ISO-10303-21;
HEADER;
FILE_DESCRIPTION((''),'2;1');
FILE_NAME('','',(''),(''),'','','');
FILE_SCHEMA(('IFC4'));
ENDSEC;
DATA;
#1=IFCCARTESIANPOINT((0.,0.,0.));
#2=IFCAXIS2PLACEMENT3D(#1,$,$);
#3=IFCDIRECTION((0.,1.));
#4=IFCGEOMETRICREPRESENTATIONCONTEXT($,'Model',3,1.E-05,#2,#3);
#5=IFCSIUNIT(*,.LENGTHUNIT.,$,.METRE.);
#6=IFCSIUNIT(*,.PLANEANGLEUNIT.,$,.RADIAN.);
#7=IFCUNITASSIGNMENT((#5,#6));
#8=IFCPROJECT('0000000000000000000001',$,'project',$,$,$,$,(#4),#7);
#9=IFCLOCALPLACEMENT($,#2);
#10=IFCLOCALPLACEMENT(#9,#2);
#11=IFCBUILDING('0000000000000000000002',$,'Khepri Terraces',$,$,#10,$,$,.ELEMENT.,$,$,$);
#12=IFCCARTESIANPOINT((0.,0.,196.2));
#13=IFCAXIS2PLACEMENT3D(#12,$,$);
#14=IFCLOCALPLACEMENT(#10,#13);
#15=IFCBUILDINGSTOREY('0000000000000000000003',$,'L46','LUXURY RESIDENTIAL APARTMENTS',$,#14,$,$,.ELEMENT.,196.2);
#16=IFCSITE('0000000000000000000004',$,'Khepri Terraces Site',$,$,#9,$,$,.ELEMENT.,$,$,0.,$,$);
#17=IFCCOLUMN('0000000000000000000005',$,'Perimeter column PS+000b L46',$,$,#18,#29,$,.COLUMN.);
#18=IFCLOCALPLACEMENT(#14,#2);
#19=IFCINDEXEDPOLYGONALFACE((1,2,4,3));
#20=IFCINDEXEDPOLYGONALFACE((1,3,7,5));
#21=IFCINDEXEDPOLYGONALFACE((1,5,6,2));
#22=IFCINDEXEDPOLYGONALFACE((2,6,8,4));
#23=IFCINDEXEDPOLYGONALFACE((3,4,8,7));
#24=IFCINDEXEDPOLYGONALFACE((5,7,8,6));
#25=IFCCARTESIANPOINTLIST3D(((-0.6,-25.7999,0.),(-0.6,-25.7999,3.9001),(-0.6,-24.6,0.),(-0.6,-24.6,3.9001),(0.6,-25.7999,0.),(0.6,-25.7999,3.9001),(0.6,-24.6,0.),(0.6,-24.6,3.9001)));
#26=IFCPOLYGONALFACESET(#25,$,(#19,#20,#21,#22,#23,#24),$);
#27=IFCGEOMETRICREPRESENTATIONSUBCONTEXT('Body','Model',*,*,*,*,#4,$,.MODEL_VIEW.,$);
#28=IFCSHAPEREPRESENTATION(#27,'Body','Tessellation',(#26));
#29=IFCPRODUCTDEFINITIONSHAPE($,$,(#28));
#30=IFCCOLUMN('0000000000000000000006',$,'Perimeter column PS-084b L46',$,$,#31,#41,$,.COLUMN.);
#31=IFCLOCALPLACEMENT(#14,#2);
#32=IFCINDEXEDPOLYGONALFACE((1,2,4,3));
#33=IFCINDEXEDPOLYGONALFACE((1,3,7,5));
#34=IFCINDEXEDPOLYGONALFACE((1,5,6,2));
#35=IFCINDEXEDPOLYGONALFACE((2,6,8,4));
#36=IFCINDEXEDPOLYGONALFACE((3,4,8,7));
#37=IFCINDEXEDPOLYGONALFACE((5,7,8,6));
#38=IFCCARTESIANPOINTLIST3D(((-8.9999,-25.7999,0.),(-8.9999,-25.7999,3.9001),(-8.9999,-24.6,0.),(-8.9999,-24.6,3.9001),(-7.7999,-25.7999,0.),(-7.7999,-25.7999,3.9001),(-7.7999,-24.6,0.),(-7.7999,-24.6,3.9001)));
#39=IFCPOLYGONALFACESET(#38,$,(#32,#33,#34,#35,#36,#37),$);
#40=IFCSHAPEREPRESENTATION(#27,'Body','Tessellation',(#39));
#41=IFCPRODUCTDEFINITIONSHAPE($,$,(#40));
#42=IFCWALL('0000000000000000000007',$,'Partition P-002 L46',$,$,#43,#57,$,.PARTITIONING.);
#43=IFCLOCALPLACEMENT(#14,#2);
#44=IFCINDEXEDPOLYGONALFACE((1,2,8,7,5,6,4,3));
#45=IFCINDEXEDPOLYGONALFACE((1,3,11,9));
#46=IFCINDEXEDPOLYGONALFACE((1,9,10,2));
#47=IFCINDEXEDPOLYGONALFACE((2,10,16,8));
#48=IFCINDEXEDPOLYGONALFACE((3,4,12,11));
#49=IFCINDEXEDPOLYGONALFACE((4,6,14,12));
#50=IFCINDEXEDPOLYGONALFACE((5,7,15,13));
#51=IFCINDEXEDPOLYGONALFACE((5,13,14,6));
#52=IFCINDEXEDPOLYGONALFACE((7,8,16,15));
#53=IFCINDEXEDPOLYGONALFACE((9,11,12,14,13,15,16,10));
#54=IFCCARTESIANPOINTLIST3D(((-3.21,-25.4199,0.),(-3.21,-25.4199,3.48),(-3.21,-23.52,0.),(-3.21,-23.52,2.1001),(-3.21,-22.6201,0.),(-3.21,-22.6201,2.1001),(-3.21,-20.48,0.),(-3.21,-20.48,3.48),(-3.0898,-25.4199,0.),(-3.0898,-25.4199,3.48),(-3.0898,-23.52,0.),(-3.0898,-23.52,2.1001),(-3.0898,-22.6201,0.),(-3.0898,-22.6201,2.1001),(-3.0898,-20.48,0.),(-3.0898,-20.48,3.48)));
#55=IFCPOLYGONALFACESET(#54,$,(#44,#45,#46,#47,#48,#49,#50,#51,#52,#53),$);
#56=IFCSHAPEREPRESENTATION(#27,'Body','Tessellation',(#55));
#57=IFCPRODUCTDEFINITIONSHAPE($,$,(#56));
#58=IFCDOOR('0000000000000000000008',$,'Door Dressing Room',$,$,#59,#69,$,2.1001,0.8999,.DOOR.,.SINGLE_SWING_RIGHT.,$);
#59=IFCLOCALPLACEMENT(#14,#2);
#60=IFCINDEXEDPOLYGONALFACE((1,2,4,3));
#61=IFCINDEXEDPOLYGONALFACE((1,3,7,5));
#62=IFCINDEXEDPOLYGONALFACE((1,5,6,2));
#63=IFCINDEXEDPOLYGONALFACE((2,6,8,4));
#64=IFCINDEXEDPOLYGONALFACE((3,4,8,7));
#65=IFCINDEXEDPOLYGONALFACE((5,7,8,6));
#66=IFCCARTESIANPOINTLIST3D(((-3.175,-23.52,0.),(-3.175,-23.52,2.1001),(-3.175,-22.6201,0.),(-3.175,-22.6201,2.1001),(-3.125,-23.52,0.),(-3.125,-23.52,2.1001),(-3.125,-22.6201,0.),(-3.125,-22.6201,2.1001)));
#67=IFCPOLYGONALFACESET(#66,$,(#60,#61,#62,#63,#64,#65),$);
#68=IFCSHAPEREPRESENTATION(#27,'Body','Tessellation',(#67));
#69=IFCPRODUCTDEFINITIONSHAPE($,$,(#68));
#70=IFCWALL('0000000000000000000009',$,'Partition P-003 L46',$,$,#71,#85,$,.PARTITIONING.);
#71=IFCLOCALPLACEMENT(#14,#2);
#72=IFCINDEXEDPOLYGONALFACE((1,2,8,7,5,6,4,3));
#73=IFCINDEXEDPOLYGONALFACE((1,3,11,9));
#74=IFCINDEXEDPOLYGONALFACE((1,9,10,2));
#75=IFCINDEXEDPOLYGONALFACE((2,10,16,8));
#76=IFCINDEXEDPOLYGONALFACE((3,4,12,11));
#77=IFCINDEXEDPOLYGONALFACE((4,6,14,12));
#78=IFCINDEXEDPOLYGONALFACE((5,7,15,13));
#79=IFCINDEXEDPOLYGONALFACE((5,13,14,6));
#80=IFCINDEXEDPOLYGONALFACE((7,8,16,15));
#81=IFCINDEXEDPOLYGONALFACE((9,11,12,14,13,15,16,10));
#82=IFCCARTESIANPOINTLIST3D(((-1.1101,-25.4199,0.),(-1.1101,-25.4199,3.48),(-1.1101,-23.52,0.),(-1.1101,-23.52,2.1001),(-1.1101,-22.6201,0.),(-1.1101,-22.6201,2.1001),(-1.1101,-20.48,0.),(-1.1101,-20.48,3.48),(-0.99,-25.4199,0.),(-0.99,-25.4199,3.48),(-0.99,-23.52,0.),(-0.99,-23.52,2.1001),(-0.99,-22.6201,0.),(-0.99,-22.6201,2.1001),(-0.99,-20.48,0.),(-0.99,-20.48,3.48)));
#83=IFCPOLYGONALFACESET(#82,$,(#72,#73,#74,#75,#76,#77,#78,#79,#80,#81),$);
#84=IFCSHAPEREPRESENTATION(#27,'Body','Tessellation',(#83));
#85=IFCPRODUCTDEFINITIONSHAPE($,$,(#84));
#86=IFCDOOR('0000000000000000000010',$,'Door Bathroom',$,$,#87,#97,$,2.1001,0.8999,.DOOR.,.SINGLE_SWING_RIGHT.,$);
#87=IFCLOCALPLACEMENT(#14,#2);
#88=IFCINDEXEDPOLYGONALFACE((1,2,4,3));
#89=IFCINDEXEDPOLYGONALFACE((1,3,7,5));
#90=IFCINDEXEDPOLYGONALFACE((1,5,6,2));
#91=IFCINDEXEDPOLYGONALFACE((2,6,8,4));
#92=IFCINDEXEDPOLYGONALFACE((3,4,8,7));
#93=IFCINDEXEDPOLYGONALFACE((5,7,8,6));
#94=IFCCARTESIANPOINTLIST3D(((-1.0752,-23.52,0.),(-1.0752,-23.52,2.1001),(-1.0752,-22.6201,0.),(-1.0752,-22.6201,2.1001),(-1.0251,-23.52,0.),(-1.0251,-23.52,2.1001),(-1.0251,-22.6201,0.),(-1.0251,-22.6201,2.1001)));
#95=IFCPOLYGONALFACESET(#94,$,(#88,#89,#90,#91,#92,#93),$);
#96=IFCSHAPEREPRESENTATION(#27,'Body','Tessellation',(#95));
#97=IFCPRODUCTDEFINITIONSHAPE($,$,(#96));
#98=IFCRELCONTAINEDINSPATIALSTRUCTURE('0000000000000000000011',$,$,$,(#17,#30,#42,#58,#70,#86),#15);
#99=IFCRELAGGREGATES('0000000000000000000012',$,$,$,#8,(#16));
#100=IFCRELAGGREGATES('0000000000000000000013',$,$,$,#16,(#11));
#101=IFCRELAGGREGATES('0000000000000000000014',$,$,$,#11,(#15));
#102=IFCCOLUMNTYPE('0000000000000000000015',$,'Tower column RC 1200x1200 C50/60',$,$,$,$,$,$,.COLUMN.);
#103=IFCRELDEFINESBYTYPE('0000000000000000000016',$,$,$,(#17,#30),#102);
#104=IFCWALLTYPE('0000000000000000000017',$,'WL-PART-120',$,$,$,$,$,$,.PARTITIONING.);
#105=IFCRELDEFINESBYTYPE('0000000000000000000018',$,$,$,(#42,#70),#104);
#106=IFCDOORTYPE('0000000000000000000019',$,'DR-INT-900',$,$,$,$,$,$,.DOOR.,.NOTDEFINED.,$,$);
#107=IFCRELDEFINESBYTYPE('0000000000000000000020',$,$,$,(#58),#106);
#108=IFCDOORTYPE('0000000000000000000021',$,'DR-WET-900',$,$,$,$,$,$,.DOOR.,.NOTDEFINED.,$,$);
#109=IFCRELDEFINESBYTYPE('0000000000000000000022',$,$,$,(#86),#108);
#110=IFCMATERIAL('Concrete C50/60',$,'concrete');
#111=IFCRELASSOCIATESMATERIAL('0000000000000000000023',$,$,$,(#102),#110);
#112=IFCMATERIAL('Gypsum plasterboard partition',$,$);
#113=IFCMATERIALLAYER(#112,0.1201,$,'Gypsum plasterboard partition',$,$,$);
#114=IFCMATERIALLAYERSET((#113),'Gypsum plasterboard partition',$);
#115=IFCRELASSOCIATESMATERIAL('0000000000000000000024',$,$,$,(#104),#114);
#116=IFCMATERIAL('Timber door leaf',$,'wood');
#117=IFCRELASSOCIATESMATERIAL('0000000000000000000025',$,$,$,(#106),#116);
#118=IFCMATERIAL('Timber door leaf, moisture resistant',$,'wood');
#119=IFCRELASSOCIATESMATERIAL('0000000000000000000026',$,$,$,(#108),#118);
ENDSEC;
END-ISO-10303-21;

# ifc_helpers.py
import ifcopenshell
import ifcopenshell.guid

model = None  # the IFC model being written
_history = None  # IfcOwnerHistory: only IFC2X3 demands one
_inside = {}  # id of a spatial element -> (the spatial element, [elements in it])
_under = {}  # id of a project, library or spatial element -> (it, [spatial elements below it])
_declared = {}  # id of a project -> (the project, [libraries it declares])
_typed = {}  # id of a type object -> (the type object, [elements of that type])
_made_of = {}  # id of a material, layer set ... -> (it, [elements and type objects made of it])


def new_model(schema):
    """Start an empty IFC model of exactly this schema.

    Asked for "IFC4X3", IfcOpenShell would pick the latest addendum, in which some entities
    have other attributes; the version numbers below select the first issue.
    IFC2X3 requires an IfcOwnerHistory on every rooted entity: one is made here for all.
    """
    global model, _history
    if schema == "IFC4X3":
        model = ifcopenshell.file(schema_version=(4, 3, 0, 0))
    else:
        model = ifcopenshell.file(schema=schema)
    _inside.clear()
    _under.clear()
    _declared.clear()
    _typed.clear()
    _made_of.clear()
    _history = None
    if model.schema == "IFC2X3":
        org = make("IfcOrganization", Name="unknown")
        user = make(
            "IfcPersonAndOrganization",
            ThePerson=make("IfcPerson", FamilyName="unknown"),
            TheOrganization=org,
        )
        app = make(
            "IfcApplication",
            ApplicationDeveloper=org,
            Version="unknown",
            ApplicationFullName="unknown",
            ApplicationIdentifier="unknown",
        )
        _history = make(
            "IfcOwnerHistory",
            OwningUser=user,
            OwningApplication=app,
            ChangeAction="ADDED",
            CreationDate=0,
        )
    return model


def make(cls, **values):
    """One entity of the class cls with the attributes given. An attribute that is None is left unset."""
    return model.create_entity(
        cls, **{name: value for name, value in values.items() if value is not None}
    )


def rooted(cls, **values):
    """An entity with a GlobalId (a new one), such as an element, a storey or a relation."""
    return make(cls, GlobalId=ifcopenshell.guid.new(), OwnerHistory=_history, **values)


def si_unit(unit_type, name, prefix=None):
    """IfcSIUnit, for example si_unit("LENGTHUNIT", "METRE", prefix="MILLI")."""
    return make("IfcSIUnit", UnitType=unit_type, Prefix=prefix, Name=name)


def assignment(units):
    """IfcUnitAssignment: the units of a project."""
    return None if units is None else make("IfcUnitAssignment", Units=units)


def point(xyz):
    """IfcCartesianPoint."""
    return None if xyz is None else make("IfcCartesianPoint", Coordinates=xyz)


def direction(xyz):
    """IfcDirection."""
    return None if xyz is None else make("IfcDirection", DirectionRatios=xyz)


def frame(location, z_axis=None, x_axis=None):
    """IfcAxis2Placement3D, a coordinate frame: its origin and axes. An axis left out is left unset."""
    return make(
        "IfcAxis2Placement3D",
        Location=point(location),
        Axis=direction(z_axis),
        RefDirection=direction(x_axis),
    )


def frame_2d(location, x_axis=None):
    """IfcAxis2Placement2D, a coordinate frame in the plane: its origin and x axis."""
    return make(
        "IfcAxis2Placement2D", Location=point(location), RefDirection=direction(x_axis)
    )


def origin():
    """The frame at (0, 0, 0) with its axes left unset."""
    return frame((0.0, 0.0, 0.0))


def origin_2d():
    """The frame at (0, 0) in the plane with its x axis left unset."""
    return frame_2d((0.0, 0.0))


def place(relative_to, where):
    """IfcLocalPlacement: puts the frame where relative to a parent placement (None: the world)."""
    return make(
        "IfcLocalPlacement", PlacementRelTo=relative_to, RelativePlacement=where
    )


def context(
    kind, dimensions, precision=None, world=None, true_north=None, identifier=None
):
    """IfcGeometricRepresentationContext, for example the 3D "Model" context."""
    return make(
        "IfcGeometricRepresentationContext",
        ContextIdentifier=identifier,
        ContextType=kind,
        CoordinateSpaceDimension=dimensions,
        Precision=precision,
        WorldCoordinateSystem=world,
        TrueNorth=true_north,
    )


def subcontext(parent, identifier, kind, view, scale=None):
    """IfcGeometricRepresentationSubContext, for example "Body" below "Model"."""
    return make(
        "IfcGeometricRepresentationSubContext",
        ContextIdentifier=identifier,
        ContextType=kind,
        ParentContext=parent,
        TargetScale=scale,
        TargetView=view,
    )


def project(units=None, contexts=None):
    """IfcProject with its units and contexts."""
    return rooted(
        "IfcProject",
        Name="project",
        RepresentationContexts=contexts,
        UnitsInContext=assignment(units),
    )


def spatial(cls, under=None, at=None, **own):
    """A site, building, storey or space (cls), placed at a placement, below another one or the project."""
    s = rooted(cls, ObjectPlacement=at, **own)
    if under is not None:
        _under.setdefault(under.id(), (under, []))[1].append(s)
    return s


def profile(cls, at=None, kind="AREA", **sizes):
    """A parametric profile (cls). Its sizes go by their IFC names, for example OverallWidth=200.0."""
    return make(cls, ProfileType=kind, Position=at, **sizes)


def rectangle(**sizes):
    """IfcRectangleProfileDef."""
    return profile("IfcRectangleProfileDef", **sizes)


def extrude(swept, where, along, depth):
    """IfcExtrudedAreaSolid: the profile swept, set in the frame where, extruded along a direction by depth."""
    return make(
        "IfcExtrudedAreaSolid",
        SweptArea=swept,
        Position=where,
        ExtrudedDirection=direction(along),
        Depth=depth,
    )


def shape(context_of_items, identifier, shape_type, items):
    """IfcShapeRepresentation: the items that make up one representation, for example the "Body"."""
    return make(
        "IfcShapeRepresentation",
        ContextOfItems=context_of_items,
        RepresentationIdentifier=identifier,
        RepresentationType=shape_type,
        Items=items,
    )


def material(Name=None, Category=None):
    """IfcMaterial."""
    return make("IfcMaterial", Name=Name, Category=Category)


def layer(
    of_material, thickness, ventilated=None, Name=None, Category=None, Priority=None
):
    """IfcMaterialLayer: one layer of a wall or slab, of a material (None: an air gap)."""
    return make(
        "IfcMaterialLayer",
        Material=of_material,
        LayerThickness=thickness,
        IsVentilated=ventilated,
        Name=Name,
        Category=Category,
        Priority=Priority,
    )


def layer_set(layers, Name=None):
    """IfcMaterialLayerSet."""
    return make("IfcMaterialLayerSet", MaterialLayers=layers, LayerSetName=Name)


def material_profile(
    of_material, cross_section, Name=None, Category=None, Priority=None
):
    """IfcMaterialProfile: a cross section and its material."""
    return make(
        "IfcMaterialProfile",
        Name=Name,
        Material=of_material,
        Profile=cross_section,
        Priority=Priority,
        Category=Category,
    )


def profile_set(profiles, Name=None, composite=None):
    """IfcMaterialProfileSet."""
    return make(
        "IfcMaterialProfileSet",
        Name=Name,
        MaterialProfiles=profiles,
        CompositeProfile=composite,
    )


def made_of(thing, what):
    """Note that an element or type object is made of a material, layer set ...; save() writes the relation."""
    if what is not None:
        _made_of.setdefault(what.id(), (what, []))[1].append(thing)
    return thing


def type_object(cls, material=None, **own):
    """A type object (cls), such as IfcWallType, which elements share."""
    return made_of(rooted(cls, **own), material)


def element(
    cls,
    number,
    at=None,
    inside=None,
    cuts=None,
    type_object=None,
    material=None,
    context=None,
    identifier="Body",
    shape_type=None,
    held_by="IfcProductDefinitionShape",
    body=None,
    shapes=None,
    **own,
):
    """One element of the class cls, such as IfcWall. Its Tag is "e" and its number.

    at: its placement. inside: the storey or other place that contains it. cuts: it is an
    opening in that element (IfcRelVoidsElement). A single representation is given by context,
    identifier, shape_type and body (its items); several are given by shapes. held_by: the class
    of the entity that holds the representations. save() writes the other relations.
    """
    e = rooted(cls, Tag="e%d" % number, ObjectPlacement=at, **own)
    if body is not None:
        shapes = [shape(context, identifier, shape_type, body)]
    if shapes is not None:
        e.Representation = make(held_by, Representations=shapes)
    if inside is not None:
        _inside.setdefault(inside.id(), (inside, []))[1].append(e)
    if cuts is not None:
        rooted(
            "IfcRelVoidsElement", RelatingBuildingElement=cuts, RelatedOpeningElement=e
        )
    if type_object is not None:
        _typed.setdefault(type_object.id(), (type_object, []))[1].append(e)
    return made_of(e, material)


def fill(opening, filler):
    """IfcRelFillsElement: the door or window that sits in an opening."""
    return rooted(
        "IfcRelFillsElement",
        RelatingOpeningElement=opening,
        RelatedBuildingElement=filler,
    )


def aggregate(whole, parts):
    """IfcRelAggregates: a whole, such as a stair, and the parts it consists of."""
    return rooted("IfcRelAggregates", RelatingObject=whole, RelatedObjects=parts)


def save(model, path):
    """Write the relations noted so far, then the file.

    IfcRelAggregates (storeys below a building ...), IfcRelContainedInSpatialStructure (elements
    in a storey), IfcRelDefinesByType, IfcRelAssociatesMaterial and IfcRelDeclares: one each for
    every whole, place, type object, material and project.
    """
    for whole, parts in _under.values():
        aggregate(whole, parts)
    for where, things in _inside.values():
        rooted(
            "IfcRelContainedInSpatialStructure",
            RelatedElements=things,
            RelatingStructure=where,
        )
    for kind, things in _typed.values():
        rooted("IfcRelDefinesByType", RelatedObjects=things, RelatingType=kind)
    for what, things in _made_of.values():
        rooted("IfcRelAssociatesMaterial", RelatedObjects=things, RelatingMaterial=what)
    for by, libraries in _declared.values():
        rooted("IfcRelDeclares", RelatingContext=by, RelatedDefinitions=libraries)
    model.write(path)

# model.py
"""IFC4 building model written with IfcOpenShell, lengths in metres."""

from ifc_helpers import new_model, si_unit, direction, frame, frame_2d, origin, origin_2d, place, context, subcontext, project, spatial, rectangle, extrude, material, layer, layer_set, material_profile, profile_set, type_object, element, fill, save


model = new_model("IFC4")

# Units and contexts
model_context = context("Model", 3, precision=1e-05, world=origin(), true_north=direction((0.0, 1.0)))
body_context = subcontext(model_context, "Body", "Model", "MODEL_VIEW")
ifc_project = project(units=[si_unit("LENGTHUNIT", "METRE"), si_unit("PLANEANGLEUNIT", "RADIAN")], contexts=[model_context])

# Site, building, storey
site_placement = place(None, origin())
site = spatial("IfcSite", under=ifc_project, at=site_placement, Name="Khepri Terraces Site", CompositionType="ELEMENT", RefElevation=0.0)
building_placement = place(site_placement, origin())
building = spatial("IfcBuilding", under=site, at=building_placement, Name="Khepri Terraces", CompositionType="ELEMENT")
storey_placement = place(building_placement, frame((0.0, 0.0, 196.2)))
storey = spatial("IfcBuildingStorey", under=building, at=storey_placement, Name="L46", Description="LUXURY RESIDENTIAL APARTMENTS", CompositionType="ELEMENT", Elevation=196.2)

# Columns
ifc_material_1 = material(Name="Concrete C50/60", Category="concrete")
ifc_material_profile = material_profile(ifc_material_1, rectangle(XDim=1.2, YDim=1.2, at=origin_2d()), Name="Concrete C50/60", Category="concrete")
ifc_profile_set = profile_set([ifc_material_profile], Name="Concrete C50/60")
column_type = type_object("IfcColumnType", Name="Tower column RC 1200x1200 C50/60", PredefinedType="COLUMN", material=ifc_profile_set)
for number, where, z_axis, x_axis, name in (
    (1, (0.0, -25.2, 0.0), (0.0, 0.0, 1.0), (1.0, 0.0, 0.0), "Perimeter column PS+000b L46"),
    (2, (-8.3999, -25.2, 0.0), (0.0, 0.0, 1.0), (1.0, 0.0, 0.0), "Perimeter column PS-084b L46"),
):
    element("IfcColumn", number, at=place(storey_placement, frame(where, z_axis=z_axis, x_axis=x_axis)), inside=storey, type_object=column_type, Name=name, PredefinedType="COLUMN", context=body_context, shape_type="SweptSolid", body=[
        extrude(rectangle(XDim=1.2, YDim=1.2, at=origin_2d()), origin(), (0.0, 0.0, 1.0), 3.9001),
    ])

# Walls, openings, doors
ifc_material_2 = material(Name="Gypsum plasterboard partition")
ifc_layer_1 = layer(ifc_material_2, 0.1201, Name="Gypsum plasterboard partition")
ifc_layer_set_1 = layer_set([ifc_layer_1], Name="Gypsum plasterboard partition")
wall_type_1 = type_object("IfcWallType", Name="WL-PART-120", PredefinedType="PARTITIONING", material=ifc_layer_set_1)
wall_1_placement = place(storey_placement, frame((-3.1499, -25.4199, 0.0), z_axis=(0.0, 0.0, 1.0), x_axis=(0.0, 1.0, 0.0)))
wall_1 = element("IfcWall", 3, at=wall_1_placement, inside=storey, type_object=wall_type_1, Name="Partition P-002 L46", PredefinedType="PARTITIONING", context=body_context, shape_type="SweptSolid", body=[
    extrude(rectangle(XDim=4.9399, YDim=0.1201, at=frame_2d((2.47, 0.0))), origin(), (0.0, 0.0, 1.0), 3.48),
])
opening_1_placement = place(wall_1_placement, frame((1.8999, 0.0, 0.0)))
opening_1 = element("IfcOpeningElement", 4, at=opening_1_placement, cuts=wall_1, PredefinedType="OPENING", context=body_context, shape_type="SweptSolid", body=[
    extrude(rectangle(XDim=0.8999, YDim=2.1001, at=frame_2d((0.45, 1.05))), frame((0.0, 0.0701, 0.0), z_axis=(0.0, -1.0, 0.0), x_axis=(1.0, 0.0, 0.0)), (0.0, 0.0, 1.0), 0.1401),
])
ifc_material_3 = material(Name="Timber door leaf", Category="wood")
door_type_1 = type_object("IfcDoorType", Name="DR-INT-900", OperationType="NOTDEFINED", PredefinedType="DOOR", material=ifc_material_3)
door_1_placement = place(opening_1_placement, frame((0.8999, 0.0, 0.0), z_axis=(0.0, 0.0, 1.0), x_axis=(-1.0, 0.0, 0.0)))
door_1 = element("IfcDoor", 5, at=door_1_placement, inside=storey, type_object=door_type_1, Name="Door Dressing Room", OperationType="SINGLE_SWING_RIGHT", OverallHeight=2.1001, OverallWidth=0.8999, PredefinedType="DOOR", context=body_context, shape_type="SweptSolid", body=[
    extrude(rectangle(XDim=0.8999, YDim=2.1001, at=frame_2d((0.45, 1.05))), frame((0.0, 0.0249, 0.0), z_axis=(0.0, -1.0, 0.0), x_axis=(1.0, 0.0, 0.0)), (0.0, 0.0, 1.0), 0.05),
])
fill(opening_1, door_1)
wall_2_placement = place(storey_placement, frame((-1.05, -25.4199, 0.0), z_axis=(0.0, 0.0, 1.0), x_axis=(0.0, 1.0, 0.0)))
wall_2 = element("IfcWall", 6, at=wall_2_placement, inside=storey, type_object=wall_type_1, Name="Partition P-003 L46", PredefinedType="PARTITIONING", context=body_context, shape_type="SweptSolid", body=[
    extrude(rectangle(XDim=4.9399, YDim=0.1201, at=frame_2d((2.47, 0.0))), origin(), (0.0, 0.0, 1.0), 3.48),
])
opening_2_placement = place(wall_2_placement, frame((1.8999, 0.0, 0.0)))
opening_2 = element("IfcOpeningElement", 7, at=opening_2_placement, cuts=wall_2, PredefinedType="OPENING", context=body_context, shape_type="SweptSolid", body=[
    extrude(rectangle(XDim=0.8999, YDim=2.1001, at=frame_2d((0.45, 1.05))), frame((0.0, 0.0701, 0.0), z_axis=(0.0, -1.0, 0.0), x_axis=(1.0, 0.0, 0.0)), (0.0, 0.0, 1.0), 0.1401),
])
ifc_material_4 = material(Name="Timber door leaf, moisture resistant", Category="wood")
door_type_2 = type_object("IfcDoorType", Name="DR-WET-900", OperationType="NOTDEFINED", PredefinedType="DOOR", material=ifc_material_4)
door_2_placement = place(opening_2_placement, frame((0.8999, 0.0, 0.0), z_axis=(0.0, 0.0, 1.0), x_axis=(-1.0, 0.0, 0.0)))
door_2 = element("IfcDoor", 8, at=door_2_placement, inside=storey, type_object=door_type_2, Name="Door Bathroom", OperationType="SINGLE_SWING_RIGHT", OverallHeight=2.1001, OverallWidth=0.8999, PredefinedType="DOOR", context=body_context, shape_type="SweptSolid", body=[
    extrude(rectangle(XDim=0.8999, YDim=2.1001, at=frame_2d((0.45, 1.05))), frame((0.0, 0.0249, 0.0), z_axis=(0.0, -1.0, 0.0), x_axis=(1.0, 0.0, 0.0)), (0.0, 0.0, 1.0), 0.05),
])
fill(opening_2, door_2)

save(model, "model.ifc")
